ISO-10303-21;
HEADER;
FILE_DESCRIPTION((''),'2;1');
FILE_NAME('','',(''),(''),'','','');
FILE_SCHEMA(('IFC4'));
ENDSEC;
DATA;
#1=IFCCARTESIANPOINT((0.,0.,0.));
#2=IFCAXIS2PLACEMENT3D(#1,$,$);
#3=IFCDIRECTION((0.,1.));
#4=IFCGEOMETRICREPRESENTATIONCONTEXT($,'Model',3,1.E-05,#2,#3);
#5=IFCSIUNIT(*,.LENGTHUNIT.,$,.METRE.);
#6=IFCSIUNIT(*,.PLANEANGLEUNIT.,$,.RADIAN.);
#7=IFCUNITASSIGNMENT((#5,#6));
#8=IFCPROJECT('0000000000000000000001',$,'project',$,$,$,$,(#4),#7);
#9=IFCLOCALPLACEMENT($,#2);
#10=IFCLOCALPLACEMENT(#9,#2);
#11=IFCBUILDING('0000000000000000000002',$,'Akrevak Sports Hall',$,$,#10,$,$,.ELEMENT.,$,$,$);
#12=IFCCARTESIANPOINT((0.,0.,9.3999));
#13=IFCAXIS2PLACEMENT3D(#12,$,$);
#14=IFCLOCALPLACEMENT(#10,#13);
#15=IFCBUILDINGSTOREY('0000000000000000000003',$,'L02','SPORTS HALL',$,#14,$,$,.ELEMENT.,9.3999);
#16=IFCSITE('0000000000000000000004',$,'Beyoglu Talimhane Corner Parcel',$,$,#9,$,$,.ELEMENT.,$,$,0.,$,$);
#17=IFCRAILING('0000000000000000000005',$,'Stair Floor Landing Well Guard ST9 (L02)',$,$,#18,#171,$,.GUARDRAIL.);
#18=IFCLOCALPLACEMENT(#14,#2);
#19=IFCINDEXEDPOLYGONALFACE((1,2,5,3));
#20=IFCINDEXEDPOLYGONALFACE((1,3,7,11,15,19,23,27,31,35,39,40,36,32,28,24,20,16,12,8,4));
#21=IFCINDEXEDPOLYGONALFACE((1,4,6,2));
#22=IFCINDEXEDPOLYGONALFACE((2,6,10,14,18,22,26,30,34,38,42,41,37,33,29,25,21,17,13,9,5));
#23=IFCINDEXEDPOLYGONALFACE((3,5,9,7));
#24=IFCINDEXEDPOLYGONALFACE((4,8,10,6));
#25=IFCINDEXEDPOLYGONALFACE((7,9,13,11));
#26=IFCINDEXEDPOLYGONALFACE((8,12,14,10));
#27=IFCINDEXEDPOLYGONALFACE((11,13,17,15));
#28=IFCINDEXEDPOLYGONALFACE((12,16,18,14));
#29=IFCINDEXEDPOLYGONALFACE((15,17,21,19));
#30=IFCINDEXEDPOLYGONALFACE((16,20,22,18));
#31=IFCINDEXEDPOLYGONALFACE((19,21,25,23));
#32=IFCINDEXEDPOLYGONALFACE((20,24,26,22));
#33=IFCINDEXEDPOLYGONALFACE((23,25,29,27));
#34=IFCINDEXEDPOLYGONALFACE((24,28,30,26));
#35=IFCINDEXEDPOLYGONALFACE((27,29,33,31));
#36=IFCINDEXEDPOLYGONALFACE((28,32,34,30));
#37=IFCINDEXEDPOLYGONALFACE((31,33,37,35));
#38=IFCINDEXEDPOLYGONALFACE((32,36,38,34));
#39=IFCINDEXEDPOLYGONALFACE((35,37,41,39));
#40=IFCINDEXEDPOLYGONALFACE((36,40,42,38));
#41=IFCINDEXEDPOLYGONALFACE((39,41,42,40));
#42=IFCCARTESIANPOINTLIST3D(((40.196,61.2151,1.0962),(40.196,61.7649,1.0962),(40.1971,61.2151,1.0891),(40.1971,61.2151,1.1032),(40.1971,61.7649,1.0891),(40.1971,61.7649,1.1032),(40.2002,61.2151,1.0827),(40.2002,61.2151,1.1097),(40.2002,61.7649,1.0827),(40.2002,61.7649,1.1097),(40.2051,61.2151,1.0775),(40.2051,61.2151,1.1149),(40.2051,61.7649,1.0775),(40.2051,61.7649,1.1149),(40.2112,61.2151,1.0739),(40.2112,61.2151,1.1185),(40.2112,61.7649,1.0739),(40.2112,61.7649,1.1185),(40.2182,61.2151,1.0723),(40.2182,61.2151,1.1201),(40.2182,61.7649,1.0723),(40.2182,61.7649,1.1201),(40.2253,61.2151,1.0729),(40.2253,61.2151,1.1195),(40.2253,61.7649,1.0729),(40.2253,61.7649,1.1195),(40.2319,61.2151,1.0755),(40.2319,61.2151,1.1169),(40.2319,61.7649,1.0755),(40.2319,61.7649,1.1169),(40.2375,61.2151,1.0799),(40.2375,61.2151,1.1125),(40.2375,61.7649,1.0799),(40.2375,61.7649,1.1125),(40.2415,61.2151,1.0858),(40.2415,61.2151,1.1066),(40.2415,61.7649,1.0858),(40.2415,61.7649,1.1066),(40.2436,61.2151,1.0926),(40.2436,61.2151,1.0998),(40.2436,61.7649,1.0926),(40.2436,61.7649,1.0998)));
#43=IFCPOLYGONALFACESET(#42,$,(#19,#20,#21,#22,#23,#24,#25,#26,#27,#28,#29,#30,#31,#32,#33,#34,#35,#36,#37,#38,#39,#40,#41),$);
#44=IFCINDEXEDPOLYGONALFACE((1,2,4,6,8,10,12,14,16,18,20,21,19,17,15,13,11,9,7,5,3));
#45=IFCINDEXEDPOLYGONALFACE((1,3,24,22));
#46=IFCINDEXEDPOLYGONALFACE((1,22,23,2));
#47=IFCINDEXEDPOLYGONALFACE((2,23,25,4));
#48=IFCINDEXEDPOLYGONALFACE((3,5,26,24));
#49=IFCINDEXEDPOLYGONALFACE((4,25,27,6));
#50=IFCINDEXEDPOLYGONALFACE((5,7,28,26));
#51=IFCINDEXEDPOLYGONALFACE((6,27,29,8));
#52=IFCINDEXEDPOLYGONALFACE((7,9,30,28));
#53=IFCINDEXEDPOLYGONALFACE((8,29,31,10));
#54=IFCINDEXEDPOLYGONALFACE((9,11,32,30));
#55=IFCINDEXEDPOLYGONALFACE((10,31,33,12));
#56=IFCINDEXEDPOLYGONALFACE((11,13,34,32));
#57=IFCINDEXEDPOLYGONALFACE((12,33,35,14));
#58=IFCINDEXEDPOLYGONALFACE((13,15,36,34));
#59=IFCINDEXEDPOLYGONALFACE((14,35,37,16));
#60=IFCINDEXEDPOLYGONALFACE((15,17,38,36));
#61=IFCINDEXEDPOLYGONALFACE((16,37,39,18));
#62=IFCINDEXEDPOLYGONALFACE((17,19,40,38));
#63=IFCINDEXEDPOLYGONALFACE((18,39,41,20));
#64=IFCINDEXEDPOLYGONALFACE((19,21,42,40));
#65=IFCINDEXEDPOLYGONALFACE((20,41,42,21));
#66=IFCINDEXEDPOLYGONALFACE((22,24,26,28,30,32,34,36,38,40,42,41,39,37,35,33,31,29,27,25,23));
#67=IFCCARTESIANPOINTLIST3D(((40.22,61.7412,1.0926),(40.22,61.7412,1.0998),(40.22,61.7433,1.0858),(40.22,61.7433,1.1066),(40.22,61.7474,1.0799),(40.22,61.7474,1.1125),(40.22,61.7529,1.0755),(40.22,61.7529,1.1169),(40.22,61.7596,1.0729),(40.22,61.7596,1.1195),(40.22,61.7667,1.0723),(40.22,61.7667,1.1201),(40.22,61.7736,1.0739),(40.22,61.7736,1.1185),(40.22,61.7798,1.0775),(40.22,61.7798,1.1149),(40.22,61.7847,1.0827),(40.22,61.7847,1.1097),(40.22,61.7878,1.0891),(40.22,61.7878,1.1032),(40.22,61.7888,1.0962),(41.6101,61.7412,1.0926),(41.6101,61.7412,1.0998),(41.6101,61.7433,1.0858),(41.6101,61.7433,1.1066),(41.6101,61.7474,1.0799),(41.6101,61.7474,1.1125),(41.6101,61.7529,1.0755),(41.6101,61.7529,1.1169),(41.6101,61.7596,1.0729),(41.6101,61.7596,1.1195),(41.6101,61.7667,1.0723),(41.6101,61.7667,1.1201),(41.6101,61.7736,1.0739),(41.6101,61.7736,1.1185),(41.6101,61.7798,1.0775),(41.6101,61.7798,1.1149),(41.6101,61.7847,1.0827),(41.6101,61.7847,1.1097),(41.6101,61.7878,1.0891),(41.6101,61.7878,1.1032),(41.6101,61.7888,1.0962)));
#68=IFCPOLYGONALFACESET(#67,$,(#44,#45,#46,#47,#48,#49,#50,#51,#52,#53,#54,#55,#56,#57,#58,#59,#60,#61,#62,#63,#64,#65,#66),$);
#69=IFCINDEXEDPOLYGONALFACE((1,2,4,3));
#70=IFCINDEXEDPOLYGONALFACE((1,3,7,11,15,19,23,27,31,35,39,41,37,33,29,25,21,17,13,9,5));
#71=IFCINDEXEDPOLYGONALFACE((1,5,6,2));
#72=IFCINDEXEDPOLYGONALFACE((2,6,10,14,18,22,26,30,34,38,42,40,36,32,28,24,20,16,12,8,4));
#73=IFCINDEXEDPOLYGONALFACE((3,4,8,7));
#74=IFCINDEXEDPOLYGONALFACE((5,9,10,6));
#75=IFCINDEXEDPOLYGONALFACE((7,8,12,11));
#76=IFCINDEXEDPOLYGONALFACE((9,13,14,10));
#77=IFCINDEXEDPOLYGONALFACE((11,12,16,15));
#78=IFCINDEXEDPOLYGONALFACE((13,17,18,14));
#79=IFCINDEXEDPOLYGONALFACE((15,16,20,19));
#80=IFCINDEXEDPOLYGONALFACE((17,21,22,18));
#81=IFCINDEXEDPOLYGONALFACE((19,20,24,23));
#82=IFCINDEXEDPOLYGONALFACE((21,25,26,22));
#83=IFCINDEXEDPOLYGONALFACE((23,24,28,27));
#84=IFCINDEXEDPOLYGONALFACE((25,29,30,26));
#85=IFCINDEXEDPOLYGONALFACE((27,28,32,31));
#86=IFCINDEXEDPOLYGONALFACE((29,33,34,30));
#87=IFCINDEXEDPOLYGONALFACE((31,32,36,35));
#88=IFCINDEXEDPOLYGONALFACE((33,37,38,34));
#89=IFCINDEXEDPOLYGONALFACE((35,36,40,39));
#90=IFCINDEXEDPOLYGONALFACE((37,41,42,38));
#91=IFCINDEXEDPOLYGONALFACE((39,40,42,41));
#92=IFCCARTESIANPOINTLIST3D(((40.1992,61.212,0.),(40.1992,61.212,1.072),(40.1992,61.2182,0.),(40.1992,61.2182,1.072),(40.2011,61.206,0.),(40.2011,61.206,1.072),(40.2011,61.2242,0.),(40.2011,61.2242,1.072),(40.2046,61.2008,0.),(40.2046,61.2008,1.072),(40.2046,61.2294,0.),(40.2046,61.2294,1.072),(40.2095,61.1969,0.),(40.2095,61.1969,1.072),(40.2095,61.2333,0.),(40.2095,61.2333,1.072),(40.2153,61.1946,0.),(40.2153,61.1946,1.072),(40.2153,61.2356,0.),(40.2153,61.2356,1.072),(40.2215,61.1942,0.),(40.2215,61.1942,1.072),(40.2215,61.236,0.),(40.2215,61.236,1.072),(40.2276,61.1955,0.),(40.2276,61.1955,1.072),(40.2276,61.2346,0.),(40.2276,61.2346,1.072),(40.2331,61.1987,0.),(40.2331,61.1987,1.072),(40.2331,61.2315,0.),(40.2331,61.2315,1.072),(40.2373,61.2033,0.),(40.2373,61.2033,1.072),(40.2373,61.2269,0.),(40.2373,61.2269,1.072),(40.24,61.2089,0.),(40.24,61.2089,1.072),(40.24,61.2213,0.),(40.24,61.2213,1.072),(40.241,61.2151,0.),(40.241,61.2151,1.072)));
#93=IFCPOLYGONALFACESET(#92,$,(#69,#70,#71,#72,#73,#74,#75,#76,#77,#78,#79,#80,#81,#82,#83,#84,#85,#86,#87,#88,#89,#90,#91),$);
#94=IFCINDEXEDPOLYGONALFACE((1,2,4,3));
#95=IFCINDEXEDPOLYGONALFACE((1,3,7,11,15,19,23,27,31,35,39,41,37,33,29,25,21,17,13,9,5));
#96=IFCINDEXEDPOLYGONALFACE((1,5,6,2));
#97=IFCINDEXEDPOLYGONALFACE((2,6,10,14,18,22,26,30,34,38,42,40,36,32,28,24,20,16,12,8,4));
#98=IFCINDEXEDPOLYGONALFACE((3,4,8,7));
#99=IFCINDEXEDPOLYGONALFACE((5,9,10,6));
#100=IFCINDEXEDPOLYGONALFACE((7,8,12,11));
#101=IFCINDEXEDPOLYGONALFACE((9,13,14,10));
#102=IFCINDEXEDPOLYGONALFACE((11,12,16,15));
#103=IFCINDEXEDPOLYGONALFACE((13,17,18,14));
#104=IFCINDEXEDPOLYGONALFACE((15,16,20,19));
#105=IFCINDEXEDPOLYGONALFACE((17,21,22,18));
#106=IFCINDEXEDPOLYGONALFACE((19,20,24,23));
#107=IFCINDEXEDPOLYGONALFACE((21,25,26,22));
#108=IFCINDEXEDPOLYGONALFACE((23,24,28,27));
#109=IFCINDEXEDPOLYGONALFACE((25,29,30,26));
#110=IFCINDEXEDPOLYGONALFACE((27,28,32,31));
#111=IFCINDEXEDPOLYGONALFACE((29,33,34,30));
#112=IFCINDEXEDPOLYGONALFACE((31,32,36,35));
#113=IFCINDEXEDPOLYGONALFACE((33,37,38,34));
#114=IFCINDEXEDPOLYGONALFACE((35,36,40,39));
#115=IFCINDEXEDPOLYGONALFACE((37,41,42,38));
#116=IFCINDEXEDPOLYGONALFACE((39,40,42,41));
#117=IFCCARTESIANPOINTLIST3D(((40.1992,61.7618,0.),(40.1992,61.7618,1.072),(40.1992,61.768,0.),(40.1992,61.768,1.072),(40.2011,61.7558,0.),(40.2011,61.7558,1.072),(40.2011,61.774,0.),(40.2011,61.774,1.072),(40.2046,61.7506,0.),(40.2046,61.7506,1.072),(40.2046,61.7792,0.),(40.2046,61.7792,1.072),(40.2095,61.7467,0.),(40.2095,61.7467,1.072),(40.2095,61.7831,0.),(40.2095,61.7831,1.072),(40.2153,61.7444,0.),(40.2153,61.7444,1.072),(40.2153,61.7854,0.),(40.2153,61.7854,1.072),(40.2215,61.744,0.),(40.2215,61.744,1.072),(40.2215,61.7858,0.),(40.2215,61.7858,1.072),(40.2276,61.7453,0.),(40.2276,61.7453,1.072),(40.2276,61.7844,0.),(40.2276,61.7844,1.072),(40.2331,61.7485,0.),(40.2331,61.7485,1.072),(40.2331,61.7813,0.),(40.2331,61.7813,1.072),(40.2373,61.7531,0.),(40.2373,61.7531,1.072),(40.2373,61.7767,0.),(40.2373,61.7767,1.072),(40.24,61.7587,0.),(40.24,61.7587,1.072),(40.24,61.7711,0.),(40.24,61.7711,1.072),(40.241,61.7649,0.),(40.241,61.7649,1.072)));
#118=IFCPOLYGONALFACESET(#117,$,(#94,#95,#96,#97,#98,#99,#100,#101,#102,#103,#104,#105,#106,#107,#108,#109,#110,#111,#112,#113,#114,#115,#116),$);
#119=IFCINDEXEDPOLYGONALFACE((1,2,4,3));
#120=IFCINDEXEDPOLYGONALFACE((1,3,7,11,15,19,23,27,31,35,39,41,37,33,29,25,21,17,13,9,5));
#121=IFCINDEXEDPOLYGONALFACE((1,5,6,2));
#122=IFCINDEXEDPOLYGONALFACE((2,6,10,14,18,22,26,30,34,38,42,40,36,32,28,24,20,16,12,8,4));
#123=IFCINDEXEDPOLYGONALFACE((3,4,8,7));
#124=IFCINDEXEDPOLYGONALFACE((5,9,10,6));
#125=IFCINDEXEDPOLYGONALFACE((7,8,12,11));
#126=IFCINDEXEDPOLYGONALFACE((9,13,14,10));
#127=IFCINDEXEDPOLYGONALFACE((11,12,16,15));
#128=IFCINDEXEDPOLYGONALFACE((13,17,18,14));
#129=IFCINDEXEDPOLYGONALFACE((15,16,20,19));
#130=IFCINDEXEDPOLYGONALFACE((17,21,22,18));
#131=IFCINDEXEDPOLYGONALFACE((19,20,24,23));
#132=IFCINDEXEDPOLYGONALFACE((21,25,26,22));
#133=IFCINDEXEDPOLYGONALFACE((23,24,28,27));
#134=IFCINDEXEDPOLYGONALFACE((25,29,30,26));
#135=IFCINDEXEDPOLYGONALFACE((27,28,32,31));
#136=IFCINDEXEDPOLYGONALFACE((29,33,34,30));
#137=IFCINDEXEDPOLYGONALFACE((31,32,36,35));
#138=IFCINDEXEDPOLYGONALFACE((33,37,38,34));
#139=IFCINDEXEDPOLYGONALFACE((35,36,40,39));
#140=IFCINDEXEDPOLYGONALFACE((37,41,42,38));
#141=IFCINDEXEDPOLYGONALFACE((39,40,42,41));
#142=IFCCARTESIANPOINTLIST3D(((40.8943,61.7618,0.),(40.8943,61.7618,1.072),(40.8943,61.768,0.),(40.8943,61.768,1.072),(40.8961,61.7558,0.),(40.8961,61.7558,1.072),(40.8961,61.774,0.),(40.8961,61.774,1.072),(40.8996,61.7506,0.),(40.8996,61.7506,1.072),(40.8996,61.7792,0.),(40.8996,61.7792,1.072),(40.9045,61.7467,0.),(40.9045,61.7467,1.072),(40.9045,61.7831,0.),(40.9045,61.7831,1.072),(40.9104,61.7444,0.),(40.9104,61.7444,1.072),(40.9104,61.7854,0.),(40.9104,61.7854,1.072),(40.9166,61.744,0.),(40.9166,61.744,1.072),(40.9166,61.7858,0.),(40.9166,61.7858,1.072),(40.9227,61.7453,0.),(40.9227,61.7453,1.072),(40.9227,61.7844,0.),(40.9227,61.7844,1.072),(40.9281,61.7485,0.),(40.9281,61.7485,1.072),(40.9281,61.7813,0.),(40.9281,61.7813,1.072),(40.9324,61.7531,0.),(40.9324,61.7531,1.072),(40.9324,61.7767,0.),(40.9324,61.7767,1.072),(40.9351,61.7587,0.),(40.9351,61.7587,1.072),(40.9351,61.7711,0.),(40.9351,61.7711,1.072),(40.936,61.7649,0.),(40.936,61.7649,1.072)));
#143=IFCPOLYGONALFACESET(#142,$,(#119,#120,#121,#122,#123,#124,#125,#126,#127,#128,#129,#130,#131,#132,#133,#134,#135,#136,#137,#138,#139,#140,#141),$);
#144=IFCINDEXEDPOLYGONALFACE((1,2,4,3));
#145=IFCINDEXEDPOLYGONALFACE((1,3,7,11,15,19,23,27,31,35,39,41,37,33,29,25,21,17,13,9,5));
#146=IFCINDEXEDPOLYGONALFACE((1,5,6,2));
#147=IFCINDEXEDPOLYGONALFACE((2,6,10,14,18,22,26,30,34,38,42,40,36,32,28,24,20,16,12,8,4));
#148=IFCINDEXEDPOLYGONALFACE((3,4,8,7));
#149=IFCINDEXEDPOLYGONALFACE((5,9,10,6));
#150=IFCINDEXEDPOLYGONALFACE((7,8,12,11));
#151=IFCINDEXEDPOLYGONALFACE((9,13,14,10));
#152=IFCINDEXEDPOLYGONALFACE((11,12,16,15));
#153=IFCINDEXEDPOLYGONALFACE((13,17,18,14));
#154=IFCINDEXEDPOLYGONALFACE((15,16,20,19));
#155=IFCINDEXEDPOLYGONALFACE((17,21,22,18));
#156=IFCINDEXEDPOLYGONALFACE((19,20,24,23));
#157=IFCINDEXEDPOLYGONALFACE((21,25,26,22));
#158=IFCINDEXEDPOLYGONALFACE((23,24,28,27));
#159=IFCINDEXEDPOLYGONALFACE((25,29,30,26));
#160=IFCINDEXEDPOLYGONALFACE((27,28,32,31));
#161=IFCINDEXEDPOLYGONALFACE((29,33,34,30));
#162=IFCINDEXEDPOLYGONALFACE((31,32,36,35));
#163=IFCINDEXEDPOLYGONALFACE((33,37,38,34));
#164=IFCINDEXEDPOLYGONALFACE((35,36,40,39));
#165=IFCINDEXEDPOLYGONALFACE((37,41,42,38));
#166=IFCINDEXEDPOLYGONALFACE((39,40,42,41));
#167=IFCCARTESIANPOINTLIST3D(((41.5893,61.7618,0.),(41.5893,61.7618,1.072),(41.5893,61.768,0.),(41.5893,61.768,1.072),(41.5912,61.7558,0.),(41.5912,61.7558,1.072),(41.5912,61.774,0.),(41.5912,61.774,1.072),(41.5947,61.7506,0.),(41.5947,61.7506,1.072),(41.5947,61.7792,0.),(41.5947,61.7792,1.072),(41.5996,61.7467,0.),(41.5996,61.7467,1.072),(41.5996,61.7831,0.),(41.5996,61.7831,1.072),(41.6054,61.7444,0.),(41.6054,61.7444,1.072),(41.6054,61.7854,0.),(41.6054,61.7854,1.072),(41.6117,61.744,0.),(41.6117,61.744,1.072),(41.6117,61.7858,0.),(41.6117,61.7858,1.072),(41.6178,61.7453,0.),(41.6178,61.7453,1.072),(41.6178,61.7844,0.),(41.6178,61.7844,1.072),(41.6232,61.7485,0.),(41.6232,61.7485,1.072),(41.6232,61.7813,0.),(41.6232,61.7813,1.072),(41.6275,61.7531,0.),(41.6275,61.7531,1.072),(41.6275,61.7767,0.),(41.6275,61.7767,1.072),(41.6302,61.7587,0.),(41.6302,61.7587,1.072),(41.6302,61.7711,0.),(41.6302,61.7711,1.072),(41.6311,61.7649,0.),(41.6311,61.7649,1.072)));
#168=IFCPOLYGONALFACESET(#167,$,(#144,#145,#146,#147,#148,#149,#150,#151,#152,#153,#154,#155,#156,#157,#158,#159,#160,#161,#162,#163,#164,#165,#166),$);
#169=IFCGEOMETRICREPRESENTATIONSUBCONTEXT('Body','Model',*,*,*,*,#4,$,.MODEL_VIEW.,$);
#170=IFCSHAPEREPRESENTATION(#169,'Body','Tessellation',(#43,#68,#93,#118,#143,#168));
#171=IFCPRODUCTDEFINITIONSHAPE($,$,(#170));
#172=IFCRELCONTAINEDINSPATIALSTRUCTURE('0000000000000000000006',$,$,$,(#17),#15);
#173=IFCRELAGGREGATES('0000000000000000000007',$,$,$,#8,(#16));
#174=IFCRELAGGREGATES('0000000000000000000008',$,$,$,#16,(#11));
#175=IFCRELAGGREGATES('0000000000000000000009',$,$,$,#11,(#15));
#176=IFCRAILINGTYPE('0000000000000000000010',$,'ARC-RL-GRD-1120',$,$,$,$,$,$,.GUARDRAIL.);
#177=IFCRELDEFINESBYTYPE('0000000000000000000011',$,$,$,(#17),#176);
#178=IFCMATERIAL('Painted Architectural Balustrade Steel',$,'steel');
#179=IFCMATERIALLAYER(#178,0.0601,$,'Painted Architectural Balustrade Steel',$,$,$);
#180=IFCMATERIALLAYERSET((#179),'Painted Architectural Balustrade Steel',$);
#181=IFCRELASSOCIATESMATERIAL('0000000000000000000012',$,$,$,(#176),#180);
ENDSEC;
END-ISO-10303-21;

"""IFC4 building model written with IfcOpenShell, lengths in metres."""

from ifc_helpers import new_model, si_unit, direction, frame, origin, origin_2d, place, context, subcontext, project, spatial, circle, extrude, material, layer, layer_set, type_object, element, save


model = new_model("IFC4")

# Units and contexts
model_context = context("Model", 3, precision=1e-05, world=origin(), true_north=direction((0.0, 1.0)))
body_context = subcontext(model_context, "Body", "Model", "MODEL_VIEW")
ifc_project = project(units=[si_unit("LENGTHUNIT", "METRE"), si_unit("PLANEANGLEUNIT", "RADIAN")], contexts=[model_context])

# Site, building, storey
site_placement = place(None, origin())
site = spatial("IfcSite", under=ifc_project, at=site_placement, Name="Beyoglu Talimhane Corner Parcel", CompositionType="ELEMENT", RefElevation=0.0)
building_placement = place(site_placement, origin())
building = spatial("IfcBuilding", under=site, at=building_placement, Name="Akrevak Sports Hall", CompositionType="ELEMENT")
storey_placement = place(building_placement, frame((0.0, 0.0, 9.3999)))
storey = spatial("IfcBuildingStorey", under=building, at=storey_placement, Name="L02", Description="SPORTS HALL", CompositionType="ELEMENT", Elevation=9.3999)

# Railing
ifc_material_1 = material(Name="Painted Architectural Balustrade Steel", Category="steel")
ifc_layer_1 = layer(ifc_material_1, 0.0601, Name="Painted Architectural Balustrade Steel")
ifc_layer_set_1 = layer_set([ifc_layer_1], Name="Painted Architectural Balustrade Steel")
railing_type_1 = type_object("IfcRailingType", Name="ARC-RL-GRD-1120", PredefinedType="GUARDRAIL", material=ifc_layer_set_1)
railing_1_placement = place(storey_placement, frame((40.22, 61.2151, 0.0)))
element("IfcRailing", 1, at=railing_1_placement, inside=storey, type_object=railing_type_1, Name="Stair Floor Landing Well Guard ST9 (L02)", PredefinedType="GUARDRAIL", context=body_context, shape_type="SweptSolid", body=[
    extrude(circle(Radius=0.0239, at=origin_2d()), frame((0.0, 0.0, 1.0962), z_axis=(0.0, 1.0, 0.0), x_axis=(-1.0, 0.0, 0.0)), (0.0, 0.0, 1.0), 0.5498),
    extrude(circle(Radius=0.0239, at=origin_2d()), frame((0.0, 0.5498, 1.0962), z_axis=(1.0, 0.0, 0.0), x_axis=(0.0, 1.0, 0.0)), (0.0, 0.0, 1.0), 1.3901),
    extrude(circle(Radius=0.021, at=origin_2d()), origin(), (0.0, 0.0, 1.0), 1.072),
    extrude(circle(Radius=0.021, at=origin_2d()), frame((0.0, 0.5498, 0.0)), (0.0, 0.0, 1.0), 1.072),
    extrude(circle(Radius=0.021, at=origin_2d()), frame((0.6951, 0.5498, 0.0)), (0.0, 0.0, 1.0), 1.072),
    extrude(circle(Radius=0.021, at=origin_2d()), frame((1.3901, 0.5498, 0.0)), (0.0, 0.0, 1.0), 1.072),
])

save(model, "model.ifc")
